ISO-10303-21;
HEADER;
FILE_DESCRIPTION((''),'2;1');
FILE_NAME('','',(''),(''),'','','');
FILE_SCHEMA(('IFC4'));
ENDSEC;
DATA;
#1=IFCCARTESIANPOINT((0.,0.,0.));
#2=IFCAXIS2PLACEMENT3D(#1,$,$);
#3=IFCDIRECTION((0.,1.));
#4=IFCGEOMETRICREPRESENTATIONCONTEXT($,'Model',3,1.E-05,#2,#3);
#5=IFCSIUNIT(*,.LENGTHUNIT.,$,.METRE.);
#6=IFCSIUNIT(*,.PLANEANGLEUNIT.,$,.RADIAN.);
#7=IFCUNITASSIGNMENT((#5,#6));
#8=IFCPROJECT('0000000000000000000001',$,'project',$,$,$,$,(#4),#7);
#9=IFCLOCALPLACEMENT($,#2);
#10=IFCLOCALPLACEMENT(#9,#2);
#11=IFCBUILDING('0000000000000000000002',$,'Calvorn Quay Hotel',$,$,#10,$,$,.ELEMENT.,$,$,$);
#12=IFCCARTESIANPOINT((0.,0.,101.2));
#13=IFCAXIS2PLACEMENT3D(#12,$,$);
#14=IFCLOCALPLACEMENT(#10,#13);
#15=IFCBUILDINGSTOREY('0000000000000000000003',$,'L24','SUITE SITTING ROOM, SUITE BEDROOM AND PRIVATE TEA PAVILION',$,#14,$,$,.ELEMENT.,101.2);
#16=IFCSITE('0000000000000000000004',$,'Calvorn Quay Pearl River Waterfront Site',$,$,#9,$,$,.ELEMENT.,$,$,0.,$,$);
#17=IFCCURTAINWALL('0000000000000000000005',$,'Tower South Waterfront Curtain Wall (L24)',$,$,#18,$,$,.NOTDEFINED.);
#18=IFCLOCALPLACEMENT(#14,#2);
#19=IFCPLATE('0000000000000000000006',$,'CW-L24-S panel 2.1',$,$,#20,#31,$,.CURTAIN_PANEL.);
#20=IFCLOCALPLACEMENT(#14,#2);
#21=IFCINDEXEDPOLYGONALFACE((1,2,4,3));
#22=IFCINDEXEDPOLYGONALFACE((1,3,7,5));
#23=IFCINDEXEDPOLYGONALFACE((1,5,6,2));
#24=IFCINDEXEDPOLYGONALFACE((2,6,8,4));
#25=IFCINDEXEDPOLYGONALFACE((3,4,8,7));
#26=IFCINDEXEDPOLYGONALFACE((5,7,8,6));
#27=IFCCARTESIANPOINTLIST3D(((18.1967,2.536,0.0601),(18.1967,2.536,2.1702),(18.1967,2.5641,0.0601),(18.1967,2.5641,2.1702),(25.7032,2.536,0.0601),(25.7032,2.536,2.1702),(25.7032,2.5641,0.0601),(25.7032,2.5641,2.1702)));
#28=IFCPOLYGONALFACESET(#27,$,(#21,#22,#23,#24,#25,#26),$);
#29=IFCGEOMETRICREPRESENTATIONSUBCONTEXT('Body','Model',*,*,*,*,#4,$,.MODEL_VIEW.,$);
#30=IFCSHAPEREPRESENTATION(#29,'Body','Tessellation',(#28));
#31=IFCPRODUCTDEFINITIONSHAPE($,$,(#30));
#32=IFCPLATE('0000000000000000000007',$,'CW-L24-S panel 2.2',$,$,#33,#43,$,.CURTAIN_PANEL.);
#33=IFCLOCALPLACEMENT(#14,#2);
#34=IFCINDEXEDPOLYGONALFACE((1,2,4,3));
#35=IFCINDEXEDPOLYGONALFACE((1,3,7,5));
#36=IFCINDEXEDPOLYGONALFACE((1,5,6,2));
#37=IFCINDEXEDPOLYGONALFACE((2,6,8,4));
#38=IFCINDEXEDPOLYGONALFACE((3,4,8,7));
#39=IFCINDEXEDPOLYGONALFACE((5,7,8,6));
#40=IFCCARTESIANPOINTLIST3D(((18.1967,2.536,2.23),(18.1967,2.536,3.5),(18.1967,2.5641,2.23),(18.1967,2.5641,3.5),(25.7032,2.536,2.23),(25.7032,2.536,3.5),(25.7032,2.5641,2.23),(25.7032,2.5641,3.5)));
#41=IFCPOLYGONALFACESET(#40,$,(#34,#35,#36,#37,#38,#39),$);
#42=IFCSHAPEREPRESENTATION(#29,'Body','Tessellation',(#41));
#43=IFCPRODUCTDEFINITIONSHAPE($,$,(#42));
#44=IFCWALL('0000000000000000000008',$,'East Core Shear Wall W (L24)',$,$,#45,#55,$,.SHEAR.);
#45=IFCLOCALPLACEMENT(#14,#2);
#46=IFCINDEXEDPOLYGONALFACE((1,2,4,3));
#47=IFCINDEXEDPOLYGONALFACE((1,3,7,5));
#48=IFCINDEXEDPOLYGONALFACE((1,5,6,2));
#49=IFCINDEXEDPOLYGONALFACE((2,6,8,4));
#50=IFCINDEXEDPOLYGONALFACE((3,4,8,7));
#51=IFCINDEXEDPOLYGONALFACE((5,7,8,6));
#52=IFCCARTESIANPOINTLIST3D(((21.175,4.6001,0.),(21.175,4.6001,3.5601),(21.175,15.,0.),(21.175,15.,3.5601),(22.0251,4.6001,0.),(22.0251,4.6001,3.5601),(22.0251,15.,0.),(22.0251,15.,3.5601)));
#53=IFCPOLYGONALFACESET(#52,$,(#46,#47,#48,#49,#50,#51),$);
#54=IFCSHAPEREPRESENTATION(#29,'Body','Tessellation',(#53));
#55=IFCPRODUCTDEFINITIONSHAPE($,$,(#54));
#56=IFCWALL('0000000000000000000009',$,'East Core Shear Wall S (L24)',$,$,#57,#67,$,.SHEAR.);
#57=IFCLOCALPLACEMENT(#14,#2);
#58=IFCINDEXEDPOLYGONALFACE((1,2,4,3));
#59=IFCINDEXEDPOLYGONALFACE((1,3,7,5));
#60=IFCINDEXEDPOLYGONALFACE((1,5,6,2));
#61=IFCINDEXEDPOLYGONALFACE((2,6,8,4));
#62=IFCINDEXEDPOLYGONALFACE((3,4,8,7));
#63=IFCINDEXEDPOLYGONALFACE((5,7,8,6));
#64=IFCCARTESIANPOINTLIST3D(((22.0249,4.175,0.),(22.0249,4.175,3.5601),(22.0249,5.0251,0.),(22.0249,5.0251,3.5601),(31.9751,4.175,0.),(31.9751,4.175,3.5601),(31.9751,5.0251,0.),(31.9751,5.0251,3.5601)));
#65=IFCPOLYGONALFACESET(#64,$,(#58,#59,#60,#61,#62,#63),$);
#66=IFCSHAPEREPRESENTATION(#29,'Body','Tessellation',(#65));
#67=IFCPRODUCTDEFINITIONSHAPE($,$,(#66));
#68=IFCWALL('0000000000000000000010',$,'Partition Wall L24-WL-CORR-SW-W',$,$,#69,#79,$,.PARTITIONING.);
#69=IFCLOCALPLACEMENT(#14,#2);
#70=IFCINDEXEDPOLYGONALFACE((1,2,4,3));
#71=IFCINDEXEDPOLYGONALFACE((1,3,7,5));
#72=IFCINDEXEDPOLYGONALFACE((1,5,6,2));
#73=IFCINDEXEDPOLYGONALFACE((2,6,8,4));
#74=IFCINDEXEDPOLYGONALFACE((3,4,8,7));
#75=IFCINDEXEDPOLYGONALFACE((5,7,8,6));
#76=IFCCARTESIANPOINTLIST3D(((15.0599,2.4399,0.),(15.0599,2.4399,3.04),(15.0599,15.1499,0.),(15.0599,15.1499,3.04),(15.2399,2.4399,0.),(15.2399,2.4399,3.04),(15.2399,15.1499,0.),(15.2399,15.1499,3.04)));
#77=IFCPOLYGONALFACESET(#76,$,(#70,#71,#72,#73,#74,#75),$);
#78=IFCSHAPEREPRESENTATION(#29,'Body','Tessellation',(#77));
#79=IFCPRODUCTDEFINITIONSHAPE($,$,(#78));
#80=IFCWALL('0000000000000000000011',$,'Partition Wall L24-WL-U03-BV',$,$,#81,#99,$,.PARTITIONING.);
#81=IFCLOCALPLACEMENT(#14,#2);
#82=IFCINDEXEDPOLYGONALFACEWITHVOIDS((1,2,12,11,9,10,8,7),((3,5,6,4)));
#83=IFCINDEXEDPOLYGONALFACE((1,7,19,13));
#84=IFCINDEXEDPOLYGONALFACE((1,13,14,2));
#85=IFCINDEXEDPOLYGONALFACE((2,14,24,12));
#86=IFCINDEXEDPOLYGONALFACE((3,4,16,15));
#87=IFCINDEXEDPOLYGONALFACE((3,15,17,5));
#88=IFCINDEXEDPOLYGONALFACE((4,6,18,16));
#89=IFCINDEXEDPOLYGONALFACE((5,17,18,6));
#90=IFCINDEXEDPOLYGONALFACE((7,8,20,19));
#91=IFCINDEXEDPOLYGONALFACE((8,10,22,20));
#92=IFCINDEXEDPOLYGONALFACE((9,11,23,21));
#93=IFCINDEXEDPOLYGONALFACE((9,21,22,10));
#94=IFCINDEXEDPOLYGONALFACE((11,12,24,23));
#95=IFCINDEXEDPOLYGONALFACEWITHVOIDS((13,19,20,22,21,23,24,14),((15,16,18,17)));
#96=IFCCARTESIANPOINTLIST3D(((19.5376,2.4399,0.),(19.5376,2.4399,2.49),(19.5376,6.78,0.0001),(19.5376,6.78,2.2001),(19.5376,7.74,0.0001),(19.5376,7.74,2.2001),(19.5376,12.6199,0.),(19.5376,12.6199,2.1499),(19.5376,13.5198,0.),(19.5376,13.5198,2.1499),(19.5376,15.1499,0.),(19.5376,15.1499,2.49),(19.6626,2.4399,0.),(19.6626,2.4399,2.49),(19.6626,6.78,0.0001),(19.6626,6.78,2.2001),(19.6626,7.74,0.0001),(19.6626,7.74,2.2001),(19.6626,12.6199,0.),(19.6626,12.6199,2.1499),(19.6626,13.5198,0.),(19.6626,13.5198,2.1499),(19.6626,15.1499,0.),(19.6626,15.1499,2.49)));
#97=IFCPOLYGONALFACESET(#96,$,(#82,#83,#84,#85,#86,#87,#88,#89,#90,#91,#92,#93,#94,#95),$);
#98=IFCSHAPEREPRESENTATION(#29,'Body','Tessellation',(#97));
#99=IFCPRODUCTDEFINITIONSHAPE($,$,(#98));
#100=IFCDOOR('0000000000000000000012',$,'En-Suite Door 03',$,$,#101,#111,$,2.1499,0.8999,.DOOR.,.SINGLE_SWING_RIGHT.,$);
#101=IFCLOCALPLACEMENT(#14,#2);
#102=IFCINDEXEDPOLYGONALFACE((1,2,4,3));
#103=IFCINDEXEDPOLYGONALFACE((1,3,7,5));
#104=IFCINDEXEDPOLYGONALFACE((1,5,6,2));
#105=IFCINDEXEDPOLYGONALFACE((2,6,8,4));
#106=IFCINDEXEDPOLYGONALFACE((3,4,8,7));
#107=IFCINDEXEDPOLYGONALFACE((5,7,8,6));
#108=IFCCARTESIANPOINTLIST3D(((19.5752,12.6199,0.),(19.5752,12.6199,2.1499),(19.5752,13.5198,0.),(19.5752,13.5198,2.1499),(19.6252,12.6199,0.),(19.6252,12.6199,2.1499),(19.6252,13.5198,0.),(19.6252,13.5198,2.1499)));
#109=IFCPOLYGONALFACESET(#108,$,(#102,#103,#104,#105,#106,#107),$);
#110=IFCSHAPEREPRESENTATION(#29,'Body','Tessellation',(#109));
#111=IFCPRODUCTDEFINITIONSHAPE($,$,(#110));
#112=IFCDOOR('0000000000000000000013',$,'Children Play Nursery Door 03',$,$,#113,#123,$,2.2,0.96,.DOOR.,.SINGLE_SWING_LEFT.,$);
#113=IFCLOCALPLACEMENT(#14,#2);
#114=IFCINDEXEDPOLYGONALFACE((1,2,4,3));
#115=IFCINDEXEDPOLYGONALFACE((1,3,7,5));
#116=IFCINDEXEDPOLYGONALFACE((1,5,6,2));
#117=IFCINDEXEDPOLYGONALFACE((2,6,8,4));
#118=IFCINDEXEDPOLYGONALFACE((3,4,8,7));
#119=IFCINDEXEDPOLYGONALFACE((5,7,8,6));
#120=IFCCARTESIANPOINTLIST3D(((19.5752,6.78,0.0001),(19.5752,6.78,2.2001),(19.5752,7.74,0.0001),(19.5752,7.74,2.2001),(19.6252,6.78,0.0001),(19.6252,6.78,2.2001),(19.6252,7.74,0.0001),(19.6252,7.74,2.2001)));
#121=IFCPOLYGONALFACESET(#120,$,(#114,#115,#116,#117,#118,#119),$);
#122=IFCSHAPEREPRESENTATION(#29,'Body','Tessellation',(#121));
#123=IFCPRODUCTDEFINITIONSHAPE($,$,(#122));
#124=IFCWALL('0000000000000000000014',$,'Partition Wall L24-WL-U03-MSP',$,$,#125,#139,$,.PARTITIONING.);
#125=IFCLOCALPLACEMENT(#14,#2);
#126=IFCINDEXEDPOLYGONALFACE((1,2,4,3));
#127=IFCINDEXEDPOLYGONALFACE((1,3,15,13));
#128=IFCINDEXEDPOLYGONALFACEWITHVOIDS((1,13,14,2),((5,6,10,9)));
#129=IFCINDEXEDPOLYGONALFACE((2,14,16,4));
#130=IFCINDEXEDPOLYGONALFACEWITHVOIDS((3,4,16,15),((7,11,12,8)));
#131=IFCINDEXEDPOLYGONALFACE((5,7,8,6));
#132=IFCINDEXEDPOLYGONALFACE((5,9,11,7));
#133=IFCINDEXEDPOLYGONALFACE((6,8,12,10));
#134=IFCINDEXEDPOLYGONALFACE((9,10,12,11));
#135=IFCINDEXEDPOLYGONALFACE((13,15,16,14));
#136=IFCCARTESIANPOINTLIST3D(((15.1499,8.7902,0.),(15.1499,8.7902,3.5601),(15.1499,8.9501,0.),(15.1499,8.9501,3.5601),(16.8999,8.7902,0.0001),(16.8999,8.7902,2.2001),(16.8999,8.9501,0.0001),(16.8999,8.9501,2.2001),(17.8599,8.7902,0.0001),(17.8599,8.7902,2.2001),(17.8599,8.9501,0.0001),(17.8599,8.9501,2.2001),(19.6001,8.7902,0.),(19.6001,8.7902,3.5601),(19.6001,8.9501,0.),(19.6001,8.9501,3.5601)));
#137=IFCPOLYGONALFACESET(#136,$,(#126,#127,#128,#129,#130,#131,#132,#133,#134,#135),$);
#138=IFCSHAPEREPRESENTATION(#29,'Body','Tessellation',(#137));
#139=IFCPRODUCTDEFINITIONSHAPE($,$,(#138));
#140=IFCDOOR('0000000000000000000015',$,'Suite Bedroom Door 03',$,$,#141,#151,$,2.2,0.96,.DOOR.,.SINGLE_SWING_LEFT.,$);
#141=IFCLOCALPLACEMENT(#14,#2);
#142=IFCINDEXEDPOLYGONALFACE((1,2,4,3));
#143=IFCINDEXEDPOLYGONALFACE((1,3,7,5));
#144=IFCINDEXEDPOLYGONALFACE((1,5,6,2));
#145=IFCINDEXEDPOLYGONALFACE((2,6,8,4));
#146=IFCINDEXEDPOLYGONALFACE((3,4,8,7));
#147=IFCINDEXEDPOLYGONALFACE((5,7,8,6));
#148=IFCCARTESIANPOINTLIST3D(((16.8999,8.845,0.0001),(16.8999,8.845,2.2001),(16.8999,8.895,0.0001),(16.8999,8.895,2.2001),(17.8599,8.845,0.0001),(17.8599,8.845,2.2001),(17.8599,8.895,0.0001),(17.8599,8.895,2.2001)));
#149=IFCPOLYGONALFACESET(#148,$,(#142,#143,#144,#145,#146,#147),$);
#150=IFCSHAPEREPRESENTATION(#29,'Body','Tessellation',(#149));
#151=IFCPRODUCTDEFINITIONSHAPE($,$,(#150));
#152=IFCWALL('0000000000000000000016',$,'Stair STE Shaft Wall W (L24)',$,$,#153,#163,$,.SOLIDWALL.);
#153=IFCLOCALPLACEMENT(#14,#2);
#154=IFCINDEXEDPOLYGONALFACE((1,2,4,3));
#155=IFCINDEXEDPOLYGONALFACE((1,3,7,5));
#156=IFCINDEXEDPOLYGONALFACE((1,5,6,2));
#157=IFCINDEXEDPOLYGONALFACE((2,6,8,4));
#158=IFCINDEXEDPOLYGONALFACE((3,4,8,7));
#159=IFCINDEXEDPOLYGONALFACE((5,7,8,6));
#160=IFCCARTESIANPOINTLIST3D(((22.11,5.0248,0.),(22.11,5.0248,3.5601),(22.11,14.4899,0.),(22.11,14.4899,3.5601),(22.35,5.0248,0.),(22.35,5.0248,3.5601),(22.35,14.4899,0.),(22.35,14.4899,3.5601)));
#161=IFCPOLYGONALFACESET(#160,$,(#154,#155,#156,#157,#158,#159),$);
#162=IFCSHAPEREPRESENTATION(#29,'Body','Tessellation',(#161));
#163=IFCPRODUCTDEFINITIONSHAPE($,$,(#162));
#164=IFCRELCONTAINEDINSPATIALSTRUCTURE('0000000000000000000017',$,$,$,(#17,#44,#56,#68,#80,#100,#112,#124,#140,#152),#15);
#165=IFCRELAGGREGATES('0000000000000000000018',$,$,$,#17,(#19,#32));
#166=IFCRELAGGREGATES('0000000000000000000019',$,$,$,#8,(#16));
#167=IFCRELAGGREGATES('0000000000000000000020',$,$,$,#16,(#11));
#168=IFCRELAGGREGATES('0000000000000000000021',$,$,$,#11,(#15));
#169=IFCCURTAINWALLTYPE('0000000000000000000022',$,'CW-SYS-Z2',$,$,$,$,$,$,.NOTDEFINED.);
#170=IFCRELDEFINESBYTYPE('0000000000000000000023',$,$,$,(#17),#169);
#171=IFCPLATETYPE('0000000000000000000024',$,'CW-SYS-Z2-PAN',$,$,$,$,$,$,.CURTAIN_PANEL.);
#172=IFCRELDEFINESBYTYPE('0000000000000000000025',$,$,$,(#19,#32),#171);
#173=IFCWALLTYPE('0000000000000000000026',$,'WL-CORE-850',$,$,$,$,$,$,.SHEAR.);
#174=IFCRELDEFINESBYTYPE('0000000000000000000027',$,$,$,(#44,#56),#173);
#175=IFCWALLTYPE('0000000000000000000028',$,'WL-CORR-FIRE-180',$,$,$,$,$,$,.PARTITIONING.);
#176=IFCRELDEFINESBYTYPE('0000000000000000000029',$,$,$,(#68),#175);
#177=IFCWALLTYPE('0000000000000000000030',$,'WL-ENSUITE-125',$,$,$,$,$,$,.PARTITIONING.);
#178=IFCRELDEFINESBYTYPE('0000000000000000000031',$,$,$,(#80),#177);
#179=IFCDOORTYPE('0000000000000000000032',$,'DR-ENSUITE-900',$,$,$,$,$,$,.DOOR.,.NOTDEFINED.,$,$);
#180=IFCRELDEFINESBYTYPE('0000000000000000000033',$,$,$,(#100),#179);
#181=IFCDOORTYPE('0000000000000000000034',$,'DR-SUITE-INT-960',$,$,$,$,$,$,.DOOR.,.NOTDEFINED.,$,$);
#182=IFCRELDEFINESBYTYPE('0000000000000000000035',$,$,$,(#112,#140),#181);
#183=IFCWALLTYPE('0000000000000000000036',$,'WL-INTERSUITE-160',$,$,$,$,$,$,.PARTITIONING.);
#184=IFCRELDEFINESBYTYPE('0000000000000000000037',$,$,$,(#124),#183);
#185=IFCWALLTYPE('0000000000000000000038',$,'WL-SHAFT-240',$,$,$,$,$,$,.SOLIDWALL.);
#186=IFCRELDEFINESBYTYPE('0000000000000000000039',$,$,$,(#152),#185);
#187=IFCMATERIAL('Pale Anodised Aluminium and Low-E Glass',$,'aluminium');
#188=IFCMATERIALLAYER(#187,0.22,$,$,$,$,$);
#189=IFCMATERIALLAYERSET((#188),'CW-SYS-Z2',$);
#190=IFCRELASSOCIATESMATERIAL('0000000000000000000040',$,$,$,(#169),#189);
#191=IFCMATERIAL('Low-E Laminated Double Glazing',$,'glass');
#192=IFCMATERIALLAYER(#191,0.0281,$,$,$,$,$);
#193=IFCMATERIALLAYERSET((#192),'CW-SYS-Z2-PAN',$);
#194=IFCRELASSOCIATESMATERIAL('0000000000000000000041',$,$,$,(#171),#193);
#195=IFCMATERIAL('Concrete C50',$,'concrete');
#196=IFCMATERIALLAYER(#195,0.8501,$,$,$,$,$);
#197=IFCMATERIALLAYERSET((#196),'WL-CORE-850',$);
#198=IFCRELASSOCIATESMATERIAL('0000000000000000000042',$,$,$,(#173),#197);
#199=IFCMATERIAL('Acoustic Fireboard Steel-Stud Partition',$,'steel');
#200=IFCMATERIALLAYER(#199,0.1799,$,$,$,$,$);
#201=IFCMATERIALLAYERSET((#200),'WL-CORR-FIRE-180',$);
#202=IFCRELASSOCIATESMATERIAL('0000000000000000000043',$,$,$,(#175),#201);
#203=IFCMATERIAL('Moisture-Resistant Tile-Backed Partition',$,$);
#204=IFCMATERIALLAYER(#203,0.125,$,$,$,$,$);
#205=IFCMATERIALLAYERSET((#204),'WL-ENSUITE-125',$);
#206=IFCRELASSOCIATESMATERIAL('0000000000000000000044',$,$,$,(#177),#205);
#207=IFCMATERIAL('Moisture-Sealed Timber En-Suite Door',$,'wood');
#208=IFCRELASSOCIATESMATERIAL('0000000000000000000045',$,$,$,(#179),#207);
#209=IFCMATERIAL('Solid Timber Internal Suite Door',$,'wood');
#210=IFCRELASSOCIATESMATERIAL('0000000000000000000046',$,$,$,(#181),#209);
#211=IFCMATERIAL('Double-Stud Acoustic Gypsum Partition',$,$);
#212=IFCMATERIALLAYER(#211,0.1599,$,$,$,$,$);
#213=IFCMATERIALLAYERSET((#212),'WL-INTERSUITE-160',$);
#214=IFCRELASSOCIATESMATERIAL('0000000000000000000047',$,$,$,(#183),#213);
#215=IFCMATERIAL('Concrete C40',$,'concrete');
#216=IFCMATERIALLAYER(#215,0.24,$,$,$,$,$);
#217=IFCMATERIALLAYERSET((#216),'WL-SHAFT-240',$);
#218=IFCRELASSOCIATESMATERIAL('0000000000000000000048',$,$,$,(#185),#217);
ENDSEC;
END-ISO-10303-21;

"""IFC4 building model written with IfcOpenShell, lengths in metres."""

from ifc_helpers import new_model, si_unit, direction, frame, frame_2d, origin, origin_2d, place, context, subcontext, project, spatial, rectangle, extrude, material, layer, layer_set, type_object, element, fill, aggregate, save


model = new_model("IFC4")

# Units and contexts
model_context = context("Model", 3, precision=1e-05, world=origin(), true_north=direction((0.0, 1.0)))
body_context = subcontext(model_context, "Body", "Model", "MODEL_VIEW")
ifc_project = project(units=[si_unit("LENGTHUNIT", "METRE"), si_unit("PLANEANGLEUNIT", "RADIAN")], contexts=[model_context])

# Site, building, storey
site_placement = place(None, origin())
site = spatial("IfcSite", under=ifc_project, at=site_placement, Name="Calvorn Quay Pearl River Waterfront Site", CompositionType="ELEMENT", RefElevation=0.0)
building_placement = place(site_placement, origin())
building = spatial("IfcBuilding", under=site, at=building_placement, Name="Calvorn Quay Hotel", CompositionType="ELEMENT")
storey_placement = place(building_placement, frame((0.0, 0.0, 101.2)))
storey = spatial("IfcBuildingStorey", under=building, at=storey_placement, Name="L24", Description="SUITE SITTING ROOM, SUITE BEDROOM AND PRIVATE TEA PAVILION", CompositionType="ELEMENT", Elevation=101.2)

# Curtain wall, plates
ifc_material_1 = material(Name="Pale Anodised Aluminium and Low-E Glass", Category="aluminium")
ifc_layer_1 = layer(ifc_material_1, 0.22)
ifc_layer_set_1 = layer_set([ifc_layer_1], Name="CW-SYS-Z2")
curtain_wall_type = type_object("IfcCurtainWallType", Name="CW-SYS-Z2", PredefinedType="NOTDEFINED", material=ifc_layer_set_1)
curtain_wall_placement = place(storey_placement, origin())
curtain_wall = element("IfcCurtainWall", 1, at=curtain_wall_placement, inside=storey, type_object=curtain_wall_type, Name="Tower South Waterfront Curtain Wall (L24)", PredefinedType="NOTDEFINED")
ifc_material_2 = material(Name="Low-E Laminated Double Glazing", Category="glass")
ifc_layer_2 = layer(ifc_material_2, 0.0281)
ifc_layer_set_2 = layer_set([ifc_layer_2], Name="CW-SYS-Z2-PAN")
plate_type = type_object("IfcPlateType", Name="CW-SYS-Z2-PAN", PredefinedType="CURTAIN_PANEL", material=ifc_layer_set_2)
plate_1_placement = place(storey_placement, frame((21.95, 2.55, 0.0601), z_axis=(0.0, 0.0, 1.0), x_axis=(1.0, 0.0, 0.0)))
plate_1 = element("IfcPlate", 2, at=plate_1_placement, type_object=plate_type, Name="CW-L24-S panel 2.1", PredefinedType="CURTAIN_PANEL", context=body_context, shape_type="SweptSolid", body=[
    extrude(rectangle(XDim=7.5066, YDim=0.0281, at=origin_2d()), origin(), (0.0, 0.0, 1.0), 2.1101),
])
plate_2_placement = place(storey_placement, frame((21.95, 2.55, 2.23), z_axis=(0.0, 0.0, 1.0), x_axis=(1.0, 0.0, 0.0)))
plate_2 = element("IfcPlate", 3, at=plate_2_placement, type_object=plate_type, Name="CW-L24-S panel 2.2", PredefinedType="CURTAIN_PANEL", context=body_context, shape_type="SweptSolid", body=[
    extrude(rectangle(XDim=7.5066, YDim=0.0281, at=origin_2d()), origin(), (0.0, 0.0, 1.0), 1.27),
])
aggregate(curtain_wall, [plate_1, plate_2])

# Walls
ifc_material_3 = material(Name="Concrete C50", Category="concrete")
ifc_layer_3 = layer(ifc_material_3, 0.8501)
ifc_layer_set_3 = layer_set([ifc_layer_3], Name="WL-CORE-850")
wall_type_1 = type_object("IfcWallType", Name="WL-CORE-850", PredefinedType="SHEAR", material=ifc_layer_set_3)
wall_1_placement = place(storey_placement, frame((21.6001, 4.6001, 0.0), z_axis=(0.0, 0.0, 1.0), x_axis=(0.0, 1.0, 0.0)))
element("IfcWall", 4, at=wall_1_placement, inside=storey, type_object=wall_type_1, Name="East Core Shear Wall W (L24)", PredefinedType="SHEAR", context=body_context, shape_type="SweptSolid", body=[
    extrude(rectangle(XDim=10.3999, YDim=0.8501, at=frame_2d((5.2, 0.0))), origin(), (0.0, 0.0, 1.0), 3.5601),
])
wall_2_placement = place(storey_placement, frame((22.0249, 4.6001, 0.0), z_axis=(0.0, 0.0, 1.0), x_axis=(1.0, 0.0, 0.0)))
element("IfcWall", 5, at=wall_2_placement, inside=storey, type_object=wall_type_1, Name="East Core Shear Wall S (L24)", PredefinedType="SHEAR", context=body_context, shape_type="SweptSolid", body=[
    extrude(rectangle(XDim=9.9502, YDim=0.8501, at=frame_2d((4.9751, 0.0))), origin(), (0.0, 0.0, 1.0), 3.5601),
])
ifc_material_4 = material(Name="Acoustic Fireboard Steel-Stud Partition", Category="steel")
ifc_layer_4 = layer(ifc_material_4, 0.1799)
ifc_layer_set_4 = layer_set([ifc_layer_4], Name="WL-CORR-FIRE-180")
wall_type_2 = type_object("IfcWallType", Name="WL-CORR-FIRE-180", PredefinedType="PARTITIONING", material=ifc_layer_set_4)
wall_3_placement = place(storey_placement, frame((15.1499, 2.4399, 0.0), z_axis=(0.0, 0.0, 1.0), x_axis=(0.0, 1.0, 0.0)))
element("IfcWall", 6, at=wall_3_placement, inside=storey, type_object=wall_type_2, Name="Partition Wall L24-WL-CORR-SW-W", PredefinedType="PARTITIONING", context=body_context, shape_type="SweptSolid", body=[
    extrude(rectangle(XDim=12.71, YDim=0.1799, at=frame_2d((6.355, 0.0))), origin(), (0.0, 0.0, 1.0), 3.04),
])

# Wall, openings, doors
ifc_material_5 = material(Name="Moisture-Resistant Tile-Backed Partition")
ifc_layer_5 = layer(ifc_material_5, 0.125)
ifc_layer_set_5 = layer_set([ifc_layer_5], Name="WL-ENSUITE-125")
wall_type_3 = type_object("IfcWallType", Name="WL-ENSUITE-125", PredefinedType="PARTITIONING", material=ifc_layer_set_5)
wall_4_placement = place(storey_placement, frame((19.6001, 2.4399, 0.0), z_axis=(0.0, 0.0, 1.0), x_axis=(0.0, 1.0, 0.0)))
wall_4 = element("IfcWall", 7, at=wall_4_placement, inside=storey, type_object=wall_type_3, Name="Partition Wall L24-WL-U03-BV", PredefinedType="PARTITIONING", context=body_context, shape_type="SweptSolid", body=[
    extrude(rectangle(XDim=12.71, YDim=0.125, at=frame_2d((6.355, 0.0))), origin(), (0.0, 0.0, 1.0), 2.49),
])
opening_1_placement = place(wall_4_placement, frame((4.3401, 0.0, 0.0)))
opening_1 = element("IfcOpeningElement", 8, at=opening_1_placement, cuts=wall_4, PredefinedType="OPENING", context=body_context, shape_type="SweptSolid", body=[
    extrude(rectangle(XDim=0.96, YDim=2.2, at=frame_2d((0.48, 1.1001))), frame((0.0, 0.0725, 0.0), z_axis=(0.0, -1.0, 0.0), x_axis=(1.0, 0.0, 0.0)), (0.0, 0.0, 1.0), 0.145),
])
opening_2_placement = place(wall_4_placement, frame((10.1799, 0.0, 0.0)))
opening_2 = element("IfcOpeningElement", 9, at=opening_2_placement, cuts=wall_4, PredefinedType="OPENING", context=body_context, shape_type="SweptSolid", body=[
    extrude(rectangle(XDim=0.8999, YDim=2.1499, at=frame_2d((0.45, 1.075))), frame((0.0, 0.0725, 0.0), z_axis=(0.0, -1.0, 0.0), x_axis=(1.0, 0.0, 0.0)), (0.0, 0.0, 1.0), 0.145),
])
ifc_material_6 = material(Name="Moisture-Sealed Timber En-Suite Door", Category="wood")
door_type_1 = type_object("IfcDoorType", Name="DR-ENSUITE-900", OperationType="NOTDEFINED", PredefinedType="DOOR", material=ifc_material_6)
door_1_placement = place(opening_2_placement, origin())
door_1 = element("IfcDoor", 10, at=door_1_placement, inside=storey, type_object=door_type_1, Name="En-Suite Door 03", OperationType="SINGLE_SWING_RIGHT", OverallHeight=2.1499, OverallWidth=0.8999, PredefinedType="DOOR", context=body_context, shape_type="SweptSolid", body=[
    extrude(rectangle(XDim=0.8999, YDim=2.1499, at=frame_2d((0.45, 1.075))), frame((0.0, 0.0249, 0.0), z_axis=(0.0, -1.0, 0.0), x_axis=(1.0, 0.0, 0.0)), (0.0, 0.0, 1.0), 0.05),
])
fill(opening_2, door_1)
ifc_material_7 = material(Name="Solid Timber Internal Suite Door", Category="wood")
door_type_2 = type_object("IfcDoorType", Name="DR-SUITE-INT-960", OperationType="NOTDEFINED", PredefinedType="DOOR", material=ifc_material_7)
door_2_placement = place(opening_1_placement, origin())
door_2 = element("IfcDoor", 11, at=door_2_placement, inside=storey, type_object=door_type_2, Name="Children Play Nursery Door 03", OperationType="SINGLE_SWING_LEFT", OverallHeight=2.2, OverallWidth=0.96, PredefinedType="DOOR", context=body_context, shape_type="SweptSolid", body=[
    extrude(rectangle(XDim=0.96, YDim=2.2, at=frame_2d((0.48, 1.1001))), frame((0.0, 0.0249, 0.0), z_axis=(0.0, -1.0, 0.0), x_axis=(1.0, 0.0, 0.0)), (0.0, 0.0, 1.0), 0.05),
])
fill(opening_1, door_2)

# Wall, opening, door
ifc_material_8 = material(Name="Double-Stud Acoustic Gypsum Partition")
ifc_layer_6 = layer(ifc_material_8, 0.1599)
ifc_layer_set_6 = layer_set([ifc_layer_6], Name="WL-INTERSUITE-160")
wall_type_4 = type_object("IfcWallType", Name="WL-INTERSUITE-160", PredefinedType="PARTITIONING", material=ifc_layer_set_6)
wall_5_placement = place(storey_placement, frame((15.1499, 8.8701, 0.0), z_axis=(0.0, 0.0, 1.0), x_axis=(1.0, 0.0, 0.0)))
wall_5 = element("IfcWall", 12, at=wall_5_placement, inside=storey, type_object=wall_type_4, Name="Partition Wall L24-WL-U03-MSP", PredefinedType="PARTITIONING", context=body_context, shape_type="SweptSolid", body=[
    extrude(rectangle(XDim=4.4502, YDim=0.1599, at=frame_2d((2.2251, 0.0))), origin(), (0.0, 0.0, 1.0), 3.5601),
])
opening_3_placement = place(wall_5_placement, frame((1.75, 0.0, 0.0)))
opening_3 = element("IfcOpeningElement", 13, at=opening_3_placement, cuts=wall_5, PredefinedType="OPENING", context=body_context, shape_type="SweptSolid", body=[
    extrude(rectangle(XDim=0.96, YDim=2.2, at=frame_2d((0.48, 1.1001))), frame((0.0, 0.0898, 0.0), z_axis=(0.0, -1.0, 0.0), x_axis=(1.0, 0.0, 0.0)), (0.0, 0.0, 1.0), 0.1799),
])
door_3_placement = place(opening_3_placement, origin())
door_3 = element("IfcDoor", 14, at=door_3_placement, inside=storey, type_object=door_type_2, Name="Suite Bedroom Door 03", OperationType="SINGLE_SWING_LEFT", OverallHeight=2.2, OverallWidth=0.96, PredefinedType="DOOR", context=body_context, shape_type="SweptSolid", body=[
    extrude(rectangle(XDim=0.96, YDim=2.2, at=frame_2d((0.48, 1.1001))), frame((0.0, 0.0249, 0.0), z_axis=(0.0, -1.0, 0.0), x_axis=(1.0, 0.0, 0.0)), (0.0, 0.0, 1.0), 0.05),
])
fill(opening_3, door_3)

# Wall
ifc_material_9 = material(Name="Concrete C40", Category="concrete")
ifc_layer_7 = layer(ifc_material_9, 0.24)
ifc_layer_set_7 = layer_set([ifc_layer_7], Name="WL-SHAFT-240")
wall_type_5 = type_object("IfcWallType", Name="WL-SHAFT-240", PredefinedType="SOLIDWALL", material=ifc_layer_set_7)
wall_6_placement = place(storey_placement, frame((22.23, 5.0249, 0.0), z_axis=(0.0, 0.0, 1.0), x_axis=(0.0, 1.0, 0.0)))
element("IfcWall", 15, at=wall_6_placement, inside=storey, type_object=wall_type_5, Name="Stair STE Shaft Wall W (L24)", PredefinedType="SOLIDWALL", context=body_context, shape_type="SweptSolid", body=[
    extrude(rectangle(XDim=9.4651, YDim=0.24, at=frame_2d((4.7324, 0.0))), origin(), (0.0, 0.0, 1.0), 3.5601),
])

save(model, "model.ifc")
